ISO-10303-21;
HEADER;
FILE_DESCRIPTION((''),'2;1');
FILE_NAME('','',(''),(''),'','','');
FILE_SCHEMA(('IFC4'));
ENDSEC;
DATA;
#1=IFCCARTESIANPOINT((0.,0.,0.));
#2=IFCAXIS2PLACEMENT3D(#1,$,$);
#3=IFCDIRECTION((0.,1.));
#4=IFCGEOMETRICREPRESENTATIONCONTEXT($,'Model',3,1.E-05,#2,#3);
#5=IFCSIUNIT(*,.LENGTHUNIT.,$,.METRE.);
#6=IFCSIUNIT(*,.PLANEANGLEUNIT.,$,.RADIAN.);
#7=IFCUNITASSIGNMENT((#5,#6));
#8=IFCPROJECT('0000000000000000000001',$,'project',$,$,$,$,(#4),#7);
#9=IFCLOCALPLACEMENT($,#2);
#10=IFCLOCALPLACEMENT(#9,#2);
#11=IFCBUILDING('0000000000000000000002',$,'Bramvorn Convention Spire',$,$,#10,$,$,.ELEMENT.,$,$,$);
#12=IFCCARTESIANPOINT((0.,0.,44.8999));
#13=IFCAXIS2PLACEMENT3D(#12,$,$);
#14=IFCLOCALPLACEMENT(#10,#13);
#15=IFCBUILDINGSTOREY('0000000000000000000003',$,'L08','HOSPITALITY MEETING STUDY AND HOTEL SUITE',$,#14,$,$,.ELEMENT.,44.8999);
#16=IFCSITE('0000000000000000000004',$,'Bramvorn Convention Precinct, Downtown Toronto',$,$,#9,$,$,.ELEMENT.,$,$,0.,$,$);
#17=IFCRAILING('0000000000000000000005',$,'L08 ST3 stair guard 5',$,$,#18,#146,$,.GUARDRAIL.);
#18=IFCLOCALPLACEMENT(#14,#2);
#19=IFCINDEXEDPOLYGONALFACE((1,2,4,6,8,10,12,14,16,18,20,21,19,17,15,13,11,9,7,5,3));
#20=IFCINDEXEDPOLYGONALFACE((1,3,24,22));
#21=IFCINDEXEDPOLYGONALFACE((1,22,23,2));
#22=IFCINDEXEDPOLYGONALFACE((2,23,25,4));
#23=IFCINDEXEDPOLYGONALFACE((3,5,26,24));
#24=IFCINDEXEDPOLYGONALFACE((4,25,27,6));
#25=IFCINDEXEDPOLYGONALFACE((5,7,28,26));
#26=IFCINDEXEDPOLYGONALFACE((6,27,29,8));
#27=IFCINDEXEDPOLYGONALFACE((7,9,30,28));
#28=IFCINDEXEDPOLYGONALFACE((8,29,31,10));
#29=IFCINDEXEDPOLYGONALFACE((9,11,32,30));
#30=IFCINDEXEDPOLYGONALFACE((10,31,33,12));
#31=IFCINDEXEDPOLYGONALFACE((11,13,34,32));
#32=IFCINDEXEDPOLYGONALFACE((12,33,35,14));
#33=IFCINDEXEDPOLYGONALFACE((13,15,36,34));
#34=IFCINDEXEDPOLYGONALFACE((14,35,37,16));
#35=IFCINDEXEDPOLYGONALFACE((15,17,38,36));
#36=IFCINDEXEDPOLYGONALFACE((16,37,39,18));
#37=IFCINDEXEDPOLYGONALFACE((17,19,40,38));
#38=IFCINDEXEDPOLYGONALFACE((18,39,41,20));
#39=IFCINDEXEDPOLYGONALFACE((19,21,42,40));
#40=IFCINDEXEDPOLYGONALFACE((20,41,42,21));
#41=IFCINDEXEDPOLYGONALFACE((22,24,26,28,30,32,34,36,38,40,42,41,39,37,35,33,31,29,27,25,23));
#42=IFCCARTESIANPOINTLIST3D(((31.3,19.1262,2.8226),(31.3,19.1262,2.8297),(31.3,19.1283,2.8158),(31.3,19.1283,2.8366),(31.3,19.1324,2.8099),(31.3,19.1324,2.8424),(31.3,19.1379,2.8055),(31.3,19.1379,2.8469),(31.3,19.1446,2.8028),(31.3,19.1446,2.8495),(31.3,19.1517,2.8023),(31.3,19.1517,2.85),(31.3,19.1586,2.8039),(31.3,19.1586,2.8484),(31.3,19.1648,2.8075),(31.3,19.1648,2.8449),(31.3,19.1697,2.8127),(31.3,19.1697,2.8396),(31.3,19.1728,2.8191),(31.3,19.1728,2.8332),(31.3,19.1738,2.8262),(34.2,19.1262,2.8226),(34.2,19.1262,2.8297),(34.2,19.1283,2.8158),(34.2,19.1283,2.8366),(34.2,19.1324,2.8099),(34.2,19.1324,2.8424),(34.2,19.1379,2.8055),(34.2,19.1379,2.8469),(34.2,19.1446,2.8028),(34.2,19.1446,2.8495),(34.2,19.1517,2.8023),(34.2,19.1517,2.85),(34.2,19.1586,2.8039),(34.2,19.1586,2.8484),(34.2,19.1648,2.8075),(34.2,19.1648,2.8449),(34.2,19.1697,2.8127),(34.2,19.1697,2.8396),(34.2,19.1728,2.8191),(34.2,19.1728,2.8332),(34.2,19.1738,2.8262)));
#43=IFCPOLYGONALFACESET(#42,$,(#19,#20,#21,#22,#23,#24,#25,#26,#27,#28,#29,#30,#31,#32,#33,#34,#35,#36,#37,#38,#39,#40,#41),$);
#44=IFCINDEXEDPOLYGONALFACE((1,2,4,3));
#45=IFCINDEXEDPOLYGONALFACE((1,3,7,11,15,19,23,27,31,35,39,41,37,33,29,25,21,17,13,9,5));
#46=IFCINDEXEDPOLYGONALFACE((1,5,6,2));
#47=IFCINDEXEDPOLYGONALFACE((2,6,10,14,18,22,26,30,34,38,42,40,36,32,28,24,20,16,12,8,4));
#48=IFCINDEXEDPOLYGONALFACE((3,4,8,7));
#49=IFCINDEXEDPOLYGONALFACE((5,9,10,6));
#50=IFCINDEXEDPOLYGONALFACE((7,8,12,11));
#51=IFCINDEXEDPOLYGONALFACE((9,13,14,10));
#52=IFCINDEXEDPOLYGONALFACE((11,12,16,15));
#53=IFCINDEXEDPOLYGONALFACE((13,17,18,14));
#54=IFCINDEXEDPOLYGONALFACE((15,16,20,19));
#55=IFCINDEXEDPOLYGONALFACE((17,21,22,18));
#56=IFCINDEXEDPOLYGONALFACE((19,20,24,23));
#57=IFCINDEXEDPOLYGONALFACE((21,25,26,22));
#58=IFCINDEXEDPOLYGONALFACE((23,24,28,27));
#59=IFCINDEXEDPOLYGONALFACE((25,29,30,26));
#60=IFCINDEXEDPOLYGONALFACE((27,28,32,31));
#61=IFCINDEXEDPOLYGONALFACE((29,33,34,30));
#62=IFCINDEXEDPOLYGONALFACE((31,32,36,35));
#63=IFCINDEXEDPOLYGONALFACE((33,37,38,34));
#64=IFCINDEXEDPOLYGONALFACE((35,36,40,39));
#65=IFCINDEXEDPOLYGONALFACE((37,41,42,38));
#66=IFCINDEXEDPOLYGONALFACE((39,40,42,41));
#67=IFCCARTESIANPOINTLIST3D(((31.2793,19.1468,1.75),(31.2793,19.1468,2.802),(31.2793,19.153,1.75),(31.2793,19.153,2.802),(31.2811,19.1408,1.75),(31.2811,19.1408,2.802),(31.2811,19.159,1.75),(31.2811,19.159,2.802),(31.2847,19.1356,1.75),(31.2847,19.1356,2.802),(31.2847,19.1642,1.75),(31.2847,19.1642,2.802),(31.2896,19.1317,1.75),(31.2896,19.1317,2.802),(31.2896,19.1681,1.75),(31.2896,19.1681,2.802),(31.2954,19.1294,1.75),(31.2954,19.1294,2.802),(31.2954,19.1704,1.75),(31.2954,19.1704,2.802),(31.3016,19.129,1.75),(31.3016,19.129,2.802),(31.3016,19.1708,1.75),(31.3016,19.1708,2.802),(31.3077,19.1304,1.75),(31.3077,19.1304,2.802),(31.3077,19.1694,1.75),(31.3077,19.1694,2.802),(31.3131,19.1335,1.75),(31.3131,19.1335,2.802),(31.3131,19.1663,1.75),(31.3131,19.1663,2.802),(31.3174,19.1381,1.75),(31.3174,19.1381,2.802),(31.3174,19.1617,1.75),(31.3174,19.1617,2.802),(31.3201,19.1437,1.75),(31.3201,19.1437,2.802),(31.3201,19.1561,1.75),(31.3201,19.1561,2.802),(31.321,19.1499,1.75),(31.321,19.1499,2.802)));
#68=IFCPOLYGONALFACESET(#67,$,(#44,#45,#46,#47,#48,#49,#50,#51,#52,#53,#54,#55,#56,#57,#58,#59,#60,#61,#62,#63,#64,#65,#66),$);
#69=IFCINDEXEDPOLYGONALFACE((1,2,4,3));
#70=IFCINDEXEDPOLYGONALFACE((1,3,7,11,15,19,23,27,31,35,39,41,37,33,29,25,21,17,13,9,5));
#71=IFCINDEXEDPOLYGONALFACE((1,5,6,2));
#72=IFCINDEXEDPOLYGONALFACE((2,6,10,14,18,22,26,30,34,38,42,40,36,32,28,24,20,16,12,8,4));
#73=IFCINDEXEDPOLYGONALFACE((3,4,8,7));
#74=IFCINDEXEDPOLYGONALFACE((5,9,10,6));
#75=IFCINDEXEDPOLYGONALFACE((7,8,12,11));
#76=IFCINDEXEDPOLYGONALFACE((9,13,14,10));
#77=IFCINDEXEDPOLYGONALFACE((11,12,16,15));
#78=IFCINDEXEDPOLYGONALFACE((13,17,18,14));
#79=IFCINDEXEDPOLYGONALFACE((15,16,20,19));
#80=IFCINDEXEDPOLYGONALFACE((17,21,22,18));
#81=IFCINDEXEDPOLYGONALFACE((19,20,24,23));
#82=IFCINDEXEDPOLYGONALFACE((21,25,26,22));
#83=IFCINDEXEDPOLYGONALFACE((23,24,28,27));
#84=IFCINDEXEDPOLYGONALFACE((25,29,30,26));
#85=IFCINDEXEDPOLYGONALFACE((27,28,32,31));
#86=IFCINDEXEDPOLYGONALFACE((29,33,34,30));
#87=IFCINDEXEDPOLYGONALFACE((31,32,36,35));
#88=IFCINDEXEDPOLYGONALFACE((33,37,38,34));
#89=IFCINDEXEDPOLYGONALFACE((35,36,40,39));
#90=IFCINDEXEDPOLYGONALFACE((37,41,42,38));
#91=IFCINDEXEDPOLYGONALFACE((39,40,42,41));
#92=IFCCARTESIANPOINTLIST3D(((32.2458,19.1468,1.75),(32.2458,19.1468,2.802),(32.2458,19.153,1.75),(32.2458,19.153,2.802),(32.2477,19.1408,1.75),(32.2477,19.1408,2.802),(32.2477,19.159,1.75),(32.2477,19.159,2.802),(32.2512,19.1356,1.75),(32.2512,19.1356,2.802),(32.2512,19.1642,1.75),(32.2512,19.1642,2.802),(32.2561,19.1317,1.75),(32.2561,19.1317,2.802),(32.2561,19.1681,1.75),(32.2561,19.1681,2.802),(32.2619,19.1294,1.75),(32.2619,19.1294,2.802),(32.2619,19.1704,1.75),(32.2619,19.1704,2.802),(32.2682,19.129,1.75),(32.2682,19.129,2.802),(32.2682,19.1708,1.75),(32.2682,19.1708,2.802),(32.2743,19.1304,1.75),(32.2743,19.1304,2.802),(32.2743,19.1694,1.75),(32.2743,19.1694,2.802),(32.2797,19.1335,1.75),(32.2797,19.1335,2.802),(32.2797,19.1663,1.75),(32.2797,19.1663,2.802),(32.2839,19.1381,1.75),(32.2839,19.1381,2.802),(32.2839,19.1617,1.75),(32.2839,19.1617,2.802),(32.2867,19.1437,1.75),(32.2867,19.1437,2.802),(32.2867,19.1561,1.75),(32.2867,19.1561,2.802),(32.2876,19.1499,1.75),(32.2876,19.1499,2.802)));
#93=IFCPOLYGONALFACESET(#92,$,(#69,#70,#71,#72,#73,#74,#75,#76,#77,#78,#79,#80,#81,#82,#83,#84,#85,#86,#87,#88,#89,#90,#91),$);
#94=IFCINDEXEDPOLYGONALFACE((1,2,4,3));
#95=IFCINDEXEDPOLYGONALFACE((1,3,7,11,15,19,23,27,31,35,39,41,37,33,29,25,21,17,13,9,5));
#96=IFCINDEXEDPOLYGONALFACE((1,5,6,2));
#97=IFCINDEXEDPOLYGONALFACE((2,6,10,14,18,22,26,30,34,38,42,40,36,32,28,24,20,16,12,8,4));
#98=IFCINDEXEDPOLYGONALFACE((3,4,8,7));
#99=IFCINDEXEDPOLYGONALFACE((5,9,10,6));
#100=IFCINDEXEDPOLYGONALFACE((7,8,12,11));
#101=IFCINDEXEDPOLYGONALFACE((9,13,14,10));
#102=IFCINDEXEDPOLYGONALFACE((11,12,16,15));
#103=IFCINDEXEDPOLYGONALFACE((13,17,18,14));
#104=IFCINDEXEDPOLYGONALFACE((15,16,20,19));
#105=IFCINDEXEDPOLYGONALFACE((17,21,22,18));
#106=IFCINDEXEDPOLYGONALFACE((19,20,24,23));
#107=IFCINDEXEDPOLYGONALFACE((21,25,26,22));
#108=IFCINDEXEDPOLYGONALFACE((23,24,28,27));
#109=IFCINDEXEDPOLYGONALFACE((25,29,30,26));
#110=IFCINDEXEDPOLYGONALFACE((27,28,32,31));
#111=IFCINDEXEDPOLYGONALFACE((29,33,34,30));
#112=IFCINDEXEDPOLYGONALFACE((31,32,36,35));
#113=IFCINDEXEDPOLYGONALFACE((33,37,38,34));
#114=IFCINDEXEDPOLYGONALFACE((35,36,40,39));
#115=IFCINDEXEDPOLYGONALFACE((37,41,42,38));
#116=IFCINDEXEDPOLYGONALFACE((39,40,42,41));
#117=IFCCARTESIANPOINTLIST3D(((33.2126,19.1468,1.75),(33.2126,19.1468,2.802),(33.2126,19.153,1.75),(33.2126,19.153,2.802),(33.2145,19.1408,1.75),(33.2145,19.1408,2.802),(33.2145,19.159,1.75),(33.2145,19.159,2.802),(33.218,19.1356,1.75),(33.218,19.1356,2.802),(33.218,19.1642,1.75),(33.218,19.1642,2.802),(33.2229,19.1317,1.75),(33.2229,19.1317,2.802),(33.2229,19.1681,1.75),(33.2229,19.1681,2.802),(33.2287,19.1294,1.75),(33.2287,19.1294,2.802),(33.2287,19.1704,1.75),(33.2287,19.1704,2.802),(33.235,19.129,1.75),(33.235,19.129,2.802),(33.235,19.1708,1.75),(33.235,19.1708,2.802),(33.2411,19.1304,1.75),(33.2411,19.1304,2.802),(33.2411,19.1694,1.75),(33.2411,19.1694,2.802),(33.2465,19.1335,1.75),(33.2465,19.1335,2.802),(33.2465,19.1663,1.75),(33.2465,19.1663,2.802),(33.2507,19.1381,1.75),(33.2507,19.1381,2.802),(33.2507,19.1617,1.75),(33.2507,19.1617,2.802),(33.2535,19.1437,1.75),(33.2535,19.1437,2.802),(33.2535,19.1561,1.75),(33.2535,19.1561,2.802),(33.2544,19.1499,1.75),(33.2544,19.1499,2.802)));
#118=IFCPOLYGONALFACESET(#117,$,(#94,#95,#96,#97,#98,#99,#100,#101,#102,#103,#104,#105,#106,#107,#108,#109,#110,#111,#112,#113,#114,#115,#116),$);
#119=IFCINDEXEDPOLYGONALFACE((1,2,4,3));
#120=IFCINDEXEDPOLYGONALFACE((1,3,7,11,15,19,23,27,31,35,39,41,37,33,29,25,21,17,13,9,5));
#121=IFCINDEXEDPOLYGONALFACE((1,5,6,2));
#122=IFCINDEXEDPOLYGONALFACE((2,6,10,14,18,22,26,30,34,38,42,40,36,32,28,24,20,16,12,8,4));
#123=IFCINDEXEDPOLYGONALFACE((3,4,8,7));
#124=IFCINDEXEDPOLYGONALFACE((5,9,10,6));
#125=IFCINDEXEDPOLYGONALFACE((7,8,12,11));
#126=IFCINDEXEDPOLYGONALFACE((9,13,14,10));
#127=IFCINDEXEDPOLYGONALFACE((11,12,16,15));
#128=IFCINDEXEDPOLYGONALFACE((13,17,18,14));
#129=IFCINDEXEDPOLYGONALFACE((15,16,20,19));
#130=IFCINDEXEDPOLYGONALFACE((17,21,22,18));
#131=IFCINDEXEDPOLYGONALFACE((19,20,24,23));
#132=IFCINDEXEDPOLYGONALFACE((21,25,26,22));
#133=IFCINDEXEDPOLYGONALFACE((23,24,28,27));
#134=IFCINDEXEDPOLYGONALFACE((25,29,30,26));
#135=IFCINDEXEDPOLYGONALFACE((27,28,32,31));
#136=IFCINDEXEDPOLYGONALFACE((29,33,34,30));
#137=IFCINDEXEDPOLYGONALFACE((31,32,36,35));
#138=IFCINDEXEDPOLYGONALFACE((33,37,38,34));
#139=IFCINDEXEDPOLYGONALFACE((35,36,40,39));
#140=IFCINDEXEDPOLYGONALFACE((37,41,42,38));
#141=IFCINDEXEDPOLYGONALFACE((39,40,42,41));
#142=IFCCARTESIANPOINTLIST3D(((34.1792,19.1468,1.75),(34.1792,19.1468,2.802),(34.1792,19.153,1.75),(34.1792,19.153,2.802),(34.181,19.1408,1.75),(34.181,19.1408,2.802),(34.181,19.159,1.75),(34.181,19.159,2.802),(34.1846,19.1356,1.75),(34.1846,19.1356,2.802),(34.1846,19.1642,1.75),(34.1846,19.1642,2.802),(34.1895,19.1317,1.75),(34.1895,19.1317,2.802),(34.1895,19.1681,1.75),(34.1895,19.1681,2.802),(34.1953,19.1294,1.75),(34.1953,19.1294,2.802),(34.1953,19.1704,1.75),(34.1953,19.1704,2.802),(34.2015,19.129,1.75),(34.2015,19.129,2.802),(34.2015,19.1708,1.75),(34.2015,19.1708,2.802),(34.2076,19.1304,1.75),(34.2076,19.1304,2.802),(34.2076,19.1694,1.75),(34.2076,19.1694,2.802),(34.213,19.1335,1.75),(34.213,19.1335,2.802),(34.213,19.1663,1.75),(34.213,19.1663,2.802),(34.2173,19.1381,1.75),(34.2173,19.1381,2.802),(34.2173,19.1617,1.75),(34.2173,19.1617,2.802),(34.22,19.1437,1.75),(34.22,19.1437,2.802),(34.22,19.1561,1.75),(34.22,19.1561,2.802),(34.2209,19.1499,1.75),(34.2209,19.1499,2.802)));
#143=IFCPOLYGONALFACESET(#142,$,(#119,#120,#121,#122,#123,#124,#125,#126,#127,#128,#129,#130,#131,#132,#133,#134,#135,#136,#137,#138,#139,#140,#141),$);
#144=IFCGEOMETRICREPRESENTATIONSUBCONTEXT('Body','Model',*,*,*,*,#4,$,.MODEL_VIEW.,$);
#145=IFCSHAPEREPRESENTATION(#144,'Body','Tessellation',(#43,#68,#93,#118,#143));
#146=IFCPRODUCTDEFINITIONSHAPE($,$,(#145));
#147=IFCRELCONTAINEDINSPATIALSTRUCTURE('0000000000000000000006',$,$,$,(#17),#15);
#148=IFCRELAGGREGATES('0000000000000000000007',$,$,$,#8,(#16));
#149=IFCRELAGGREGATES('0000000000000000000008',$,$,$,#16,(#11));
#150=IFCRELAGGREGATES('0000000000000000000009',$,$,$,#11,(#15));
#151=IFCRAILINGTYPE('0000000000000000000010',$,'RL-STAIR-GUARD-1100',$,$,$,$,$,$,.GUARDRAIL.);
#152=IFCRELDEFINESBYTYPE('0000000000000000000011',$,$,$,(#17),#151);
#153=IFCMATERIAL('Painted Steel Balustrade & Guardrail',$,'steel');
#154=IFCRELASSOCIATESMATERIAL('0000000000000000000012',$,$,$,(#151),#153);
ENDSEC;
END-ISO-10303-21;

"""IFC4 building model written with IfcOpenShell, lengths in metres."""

from ifc_helpers import new_model, si_unit, direction, frame, origin, origin_2d, place, context, subcontext, project, spatial, circle, extrude, material, type_object, element, save


model = new_model("IFC4")

# Units and contexts
model_context = context("Model", 3, precision=1e-05, world=origin(), true_north=direction((0.0, 1.0)))
body_context = subcontext(model_context, "Body", "Model", "MODEL_VIEW")
ifc_project = project(units=[si_unit("LENGTHUNIT", "METRE"), si_unit("PLANEANGLEUNIT", "RADIAN")], contexts=[model_context])

# Site, building, storey
site_placement = place(None, origin())
site = spatial("IfcSite", under=ifc_project, at=site_placement, Name="Bramvorn Convention Precinct, Downtown Toronto", CompositionType="ELEMENT", RefElevation=0.0)
building_placement = place(site_placement, origin())
building = spatial("IfcBuilding", under=site, at=building_placement, Name="Bramvorn Convention Spire", CompositionType="ELEMENT")
storey_placement = place(building_placement, frame((0.0, 0.0, 44.8999)))
storey = spatial("IfcBuildingStorey", under=building, at=storey_placement, Name="L08", Description="HOSPITALITY MEETING STUDY AND HOTEL SUITE", CompositionType="ELEMENT", Elevation=44.8999)

# Railing
ifc_material_1 = material(Name="Painted Steel Balustrade & Guardrail", Category="steel")
railing_type_1 = type_object("IfcRailingType", Name="RL-STAIR-GUARD-1100", PredefinedType="GUARDRAIL", material=ifc_material_1)
railing_1_placement = place(storey_placement, frame((31.3, 19.1499, 1.75)))
element("IfcRailing", 1, at=railing_1_placement, inside=storey, type_object=railing_type_1, Name="L08 ST3 stair guard 5", PredefinedType="GUARDRAIL", context=body_context, shape_type="SweptSolid", body=[
    extrude(circle(Radius=0.0239, at=origin_2d()), frame((0.0, 0.0, 1.0762), z_axis=(1.0, 0.0, 0.0), x_axis=(0.0, 1.0, 0.0)), (0.0, 0.0, 1.0), 2.8999),
    extrude(circle(Radius=0.021, at=origin_2d()), origin(), (0.0, 0.0, 1.0), 1.052),
    extrude(circle(Radius=0.021, at=origin_2d()), frame((0.9666, 0.0, 0.0)), (0.0, 0.0, 1.0), 1.052),
    extrude(circle(Radius=0.021, at=origin_2d()), frame((1.9333, 0.0, 0.0)), (0.0, 0.0, 1.0), 1.052),
    extrude(circle(Radius=0.021, at=origin_2d()), frame((2.8999, 0.0, 0.0)), (0.0, 0.0, 1.0), 1.052),
])

save(model, "model.ifc")
